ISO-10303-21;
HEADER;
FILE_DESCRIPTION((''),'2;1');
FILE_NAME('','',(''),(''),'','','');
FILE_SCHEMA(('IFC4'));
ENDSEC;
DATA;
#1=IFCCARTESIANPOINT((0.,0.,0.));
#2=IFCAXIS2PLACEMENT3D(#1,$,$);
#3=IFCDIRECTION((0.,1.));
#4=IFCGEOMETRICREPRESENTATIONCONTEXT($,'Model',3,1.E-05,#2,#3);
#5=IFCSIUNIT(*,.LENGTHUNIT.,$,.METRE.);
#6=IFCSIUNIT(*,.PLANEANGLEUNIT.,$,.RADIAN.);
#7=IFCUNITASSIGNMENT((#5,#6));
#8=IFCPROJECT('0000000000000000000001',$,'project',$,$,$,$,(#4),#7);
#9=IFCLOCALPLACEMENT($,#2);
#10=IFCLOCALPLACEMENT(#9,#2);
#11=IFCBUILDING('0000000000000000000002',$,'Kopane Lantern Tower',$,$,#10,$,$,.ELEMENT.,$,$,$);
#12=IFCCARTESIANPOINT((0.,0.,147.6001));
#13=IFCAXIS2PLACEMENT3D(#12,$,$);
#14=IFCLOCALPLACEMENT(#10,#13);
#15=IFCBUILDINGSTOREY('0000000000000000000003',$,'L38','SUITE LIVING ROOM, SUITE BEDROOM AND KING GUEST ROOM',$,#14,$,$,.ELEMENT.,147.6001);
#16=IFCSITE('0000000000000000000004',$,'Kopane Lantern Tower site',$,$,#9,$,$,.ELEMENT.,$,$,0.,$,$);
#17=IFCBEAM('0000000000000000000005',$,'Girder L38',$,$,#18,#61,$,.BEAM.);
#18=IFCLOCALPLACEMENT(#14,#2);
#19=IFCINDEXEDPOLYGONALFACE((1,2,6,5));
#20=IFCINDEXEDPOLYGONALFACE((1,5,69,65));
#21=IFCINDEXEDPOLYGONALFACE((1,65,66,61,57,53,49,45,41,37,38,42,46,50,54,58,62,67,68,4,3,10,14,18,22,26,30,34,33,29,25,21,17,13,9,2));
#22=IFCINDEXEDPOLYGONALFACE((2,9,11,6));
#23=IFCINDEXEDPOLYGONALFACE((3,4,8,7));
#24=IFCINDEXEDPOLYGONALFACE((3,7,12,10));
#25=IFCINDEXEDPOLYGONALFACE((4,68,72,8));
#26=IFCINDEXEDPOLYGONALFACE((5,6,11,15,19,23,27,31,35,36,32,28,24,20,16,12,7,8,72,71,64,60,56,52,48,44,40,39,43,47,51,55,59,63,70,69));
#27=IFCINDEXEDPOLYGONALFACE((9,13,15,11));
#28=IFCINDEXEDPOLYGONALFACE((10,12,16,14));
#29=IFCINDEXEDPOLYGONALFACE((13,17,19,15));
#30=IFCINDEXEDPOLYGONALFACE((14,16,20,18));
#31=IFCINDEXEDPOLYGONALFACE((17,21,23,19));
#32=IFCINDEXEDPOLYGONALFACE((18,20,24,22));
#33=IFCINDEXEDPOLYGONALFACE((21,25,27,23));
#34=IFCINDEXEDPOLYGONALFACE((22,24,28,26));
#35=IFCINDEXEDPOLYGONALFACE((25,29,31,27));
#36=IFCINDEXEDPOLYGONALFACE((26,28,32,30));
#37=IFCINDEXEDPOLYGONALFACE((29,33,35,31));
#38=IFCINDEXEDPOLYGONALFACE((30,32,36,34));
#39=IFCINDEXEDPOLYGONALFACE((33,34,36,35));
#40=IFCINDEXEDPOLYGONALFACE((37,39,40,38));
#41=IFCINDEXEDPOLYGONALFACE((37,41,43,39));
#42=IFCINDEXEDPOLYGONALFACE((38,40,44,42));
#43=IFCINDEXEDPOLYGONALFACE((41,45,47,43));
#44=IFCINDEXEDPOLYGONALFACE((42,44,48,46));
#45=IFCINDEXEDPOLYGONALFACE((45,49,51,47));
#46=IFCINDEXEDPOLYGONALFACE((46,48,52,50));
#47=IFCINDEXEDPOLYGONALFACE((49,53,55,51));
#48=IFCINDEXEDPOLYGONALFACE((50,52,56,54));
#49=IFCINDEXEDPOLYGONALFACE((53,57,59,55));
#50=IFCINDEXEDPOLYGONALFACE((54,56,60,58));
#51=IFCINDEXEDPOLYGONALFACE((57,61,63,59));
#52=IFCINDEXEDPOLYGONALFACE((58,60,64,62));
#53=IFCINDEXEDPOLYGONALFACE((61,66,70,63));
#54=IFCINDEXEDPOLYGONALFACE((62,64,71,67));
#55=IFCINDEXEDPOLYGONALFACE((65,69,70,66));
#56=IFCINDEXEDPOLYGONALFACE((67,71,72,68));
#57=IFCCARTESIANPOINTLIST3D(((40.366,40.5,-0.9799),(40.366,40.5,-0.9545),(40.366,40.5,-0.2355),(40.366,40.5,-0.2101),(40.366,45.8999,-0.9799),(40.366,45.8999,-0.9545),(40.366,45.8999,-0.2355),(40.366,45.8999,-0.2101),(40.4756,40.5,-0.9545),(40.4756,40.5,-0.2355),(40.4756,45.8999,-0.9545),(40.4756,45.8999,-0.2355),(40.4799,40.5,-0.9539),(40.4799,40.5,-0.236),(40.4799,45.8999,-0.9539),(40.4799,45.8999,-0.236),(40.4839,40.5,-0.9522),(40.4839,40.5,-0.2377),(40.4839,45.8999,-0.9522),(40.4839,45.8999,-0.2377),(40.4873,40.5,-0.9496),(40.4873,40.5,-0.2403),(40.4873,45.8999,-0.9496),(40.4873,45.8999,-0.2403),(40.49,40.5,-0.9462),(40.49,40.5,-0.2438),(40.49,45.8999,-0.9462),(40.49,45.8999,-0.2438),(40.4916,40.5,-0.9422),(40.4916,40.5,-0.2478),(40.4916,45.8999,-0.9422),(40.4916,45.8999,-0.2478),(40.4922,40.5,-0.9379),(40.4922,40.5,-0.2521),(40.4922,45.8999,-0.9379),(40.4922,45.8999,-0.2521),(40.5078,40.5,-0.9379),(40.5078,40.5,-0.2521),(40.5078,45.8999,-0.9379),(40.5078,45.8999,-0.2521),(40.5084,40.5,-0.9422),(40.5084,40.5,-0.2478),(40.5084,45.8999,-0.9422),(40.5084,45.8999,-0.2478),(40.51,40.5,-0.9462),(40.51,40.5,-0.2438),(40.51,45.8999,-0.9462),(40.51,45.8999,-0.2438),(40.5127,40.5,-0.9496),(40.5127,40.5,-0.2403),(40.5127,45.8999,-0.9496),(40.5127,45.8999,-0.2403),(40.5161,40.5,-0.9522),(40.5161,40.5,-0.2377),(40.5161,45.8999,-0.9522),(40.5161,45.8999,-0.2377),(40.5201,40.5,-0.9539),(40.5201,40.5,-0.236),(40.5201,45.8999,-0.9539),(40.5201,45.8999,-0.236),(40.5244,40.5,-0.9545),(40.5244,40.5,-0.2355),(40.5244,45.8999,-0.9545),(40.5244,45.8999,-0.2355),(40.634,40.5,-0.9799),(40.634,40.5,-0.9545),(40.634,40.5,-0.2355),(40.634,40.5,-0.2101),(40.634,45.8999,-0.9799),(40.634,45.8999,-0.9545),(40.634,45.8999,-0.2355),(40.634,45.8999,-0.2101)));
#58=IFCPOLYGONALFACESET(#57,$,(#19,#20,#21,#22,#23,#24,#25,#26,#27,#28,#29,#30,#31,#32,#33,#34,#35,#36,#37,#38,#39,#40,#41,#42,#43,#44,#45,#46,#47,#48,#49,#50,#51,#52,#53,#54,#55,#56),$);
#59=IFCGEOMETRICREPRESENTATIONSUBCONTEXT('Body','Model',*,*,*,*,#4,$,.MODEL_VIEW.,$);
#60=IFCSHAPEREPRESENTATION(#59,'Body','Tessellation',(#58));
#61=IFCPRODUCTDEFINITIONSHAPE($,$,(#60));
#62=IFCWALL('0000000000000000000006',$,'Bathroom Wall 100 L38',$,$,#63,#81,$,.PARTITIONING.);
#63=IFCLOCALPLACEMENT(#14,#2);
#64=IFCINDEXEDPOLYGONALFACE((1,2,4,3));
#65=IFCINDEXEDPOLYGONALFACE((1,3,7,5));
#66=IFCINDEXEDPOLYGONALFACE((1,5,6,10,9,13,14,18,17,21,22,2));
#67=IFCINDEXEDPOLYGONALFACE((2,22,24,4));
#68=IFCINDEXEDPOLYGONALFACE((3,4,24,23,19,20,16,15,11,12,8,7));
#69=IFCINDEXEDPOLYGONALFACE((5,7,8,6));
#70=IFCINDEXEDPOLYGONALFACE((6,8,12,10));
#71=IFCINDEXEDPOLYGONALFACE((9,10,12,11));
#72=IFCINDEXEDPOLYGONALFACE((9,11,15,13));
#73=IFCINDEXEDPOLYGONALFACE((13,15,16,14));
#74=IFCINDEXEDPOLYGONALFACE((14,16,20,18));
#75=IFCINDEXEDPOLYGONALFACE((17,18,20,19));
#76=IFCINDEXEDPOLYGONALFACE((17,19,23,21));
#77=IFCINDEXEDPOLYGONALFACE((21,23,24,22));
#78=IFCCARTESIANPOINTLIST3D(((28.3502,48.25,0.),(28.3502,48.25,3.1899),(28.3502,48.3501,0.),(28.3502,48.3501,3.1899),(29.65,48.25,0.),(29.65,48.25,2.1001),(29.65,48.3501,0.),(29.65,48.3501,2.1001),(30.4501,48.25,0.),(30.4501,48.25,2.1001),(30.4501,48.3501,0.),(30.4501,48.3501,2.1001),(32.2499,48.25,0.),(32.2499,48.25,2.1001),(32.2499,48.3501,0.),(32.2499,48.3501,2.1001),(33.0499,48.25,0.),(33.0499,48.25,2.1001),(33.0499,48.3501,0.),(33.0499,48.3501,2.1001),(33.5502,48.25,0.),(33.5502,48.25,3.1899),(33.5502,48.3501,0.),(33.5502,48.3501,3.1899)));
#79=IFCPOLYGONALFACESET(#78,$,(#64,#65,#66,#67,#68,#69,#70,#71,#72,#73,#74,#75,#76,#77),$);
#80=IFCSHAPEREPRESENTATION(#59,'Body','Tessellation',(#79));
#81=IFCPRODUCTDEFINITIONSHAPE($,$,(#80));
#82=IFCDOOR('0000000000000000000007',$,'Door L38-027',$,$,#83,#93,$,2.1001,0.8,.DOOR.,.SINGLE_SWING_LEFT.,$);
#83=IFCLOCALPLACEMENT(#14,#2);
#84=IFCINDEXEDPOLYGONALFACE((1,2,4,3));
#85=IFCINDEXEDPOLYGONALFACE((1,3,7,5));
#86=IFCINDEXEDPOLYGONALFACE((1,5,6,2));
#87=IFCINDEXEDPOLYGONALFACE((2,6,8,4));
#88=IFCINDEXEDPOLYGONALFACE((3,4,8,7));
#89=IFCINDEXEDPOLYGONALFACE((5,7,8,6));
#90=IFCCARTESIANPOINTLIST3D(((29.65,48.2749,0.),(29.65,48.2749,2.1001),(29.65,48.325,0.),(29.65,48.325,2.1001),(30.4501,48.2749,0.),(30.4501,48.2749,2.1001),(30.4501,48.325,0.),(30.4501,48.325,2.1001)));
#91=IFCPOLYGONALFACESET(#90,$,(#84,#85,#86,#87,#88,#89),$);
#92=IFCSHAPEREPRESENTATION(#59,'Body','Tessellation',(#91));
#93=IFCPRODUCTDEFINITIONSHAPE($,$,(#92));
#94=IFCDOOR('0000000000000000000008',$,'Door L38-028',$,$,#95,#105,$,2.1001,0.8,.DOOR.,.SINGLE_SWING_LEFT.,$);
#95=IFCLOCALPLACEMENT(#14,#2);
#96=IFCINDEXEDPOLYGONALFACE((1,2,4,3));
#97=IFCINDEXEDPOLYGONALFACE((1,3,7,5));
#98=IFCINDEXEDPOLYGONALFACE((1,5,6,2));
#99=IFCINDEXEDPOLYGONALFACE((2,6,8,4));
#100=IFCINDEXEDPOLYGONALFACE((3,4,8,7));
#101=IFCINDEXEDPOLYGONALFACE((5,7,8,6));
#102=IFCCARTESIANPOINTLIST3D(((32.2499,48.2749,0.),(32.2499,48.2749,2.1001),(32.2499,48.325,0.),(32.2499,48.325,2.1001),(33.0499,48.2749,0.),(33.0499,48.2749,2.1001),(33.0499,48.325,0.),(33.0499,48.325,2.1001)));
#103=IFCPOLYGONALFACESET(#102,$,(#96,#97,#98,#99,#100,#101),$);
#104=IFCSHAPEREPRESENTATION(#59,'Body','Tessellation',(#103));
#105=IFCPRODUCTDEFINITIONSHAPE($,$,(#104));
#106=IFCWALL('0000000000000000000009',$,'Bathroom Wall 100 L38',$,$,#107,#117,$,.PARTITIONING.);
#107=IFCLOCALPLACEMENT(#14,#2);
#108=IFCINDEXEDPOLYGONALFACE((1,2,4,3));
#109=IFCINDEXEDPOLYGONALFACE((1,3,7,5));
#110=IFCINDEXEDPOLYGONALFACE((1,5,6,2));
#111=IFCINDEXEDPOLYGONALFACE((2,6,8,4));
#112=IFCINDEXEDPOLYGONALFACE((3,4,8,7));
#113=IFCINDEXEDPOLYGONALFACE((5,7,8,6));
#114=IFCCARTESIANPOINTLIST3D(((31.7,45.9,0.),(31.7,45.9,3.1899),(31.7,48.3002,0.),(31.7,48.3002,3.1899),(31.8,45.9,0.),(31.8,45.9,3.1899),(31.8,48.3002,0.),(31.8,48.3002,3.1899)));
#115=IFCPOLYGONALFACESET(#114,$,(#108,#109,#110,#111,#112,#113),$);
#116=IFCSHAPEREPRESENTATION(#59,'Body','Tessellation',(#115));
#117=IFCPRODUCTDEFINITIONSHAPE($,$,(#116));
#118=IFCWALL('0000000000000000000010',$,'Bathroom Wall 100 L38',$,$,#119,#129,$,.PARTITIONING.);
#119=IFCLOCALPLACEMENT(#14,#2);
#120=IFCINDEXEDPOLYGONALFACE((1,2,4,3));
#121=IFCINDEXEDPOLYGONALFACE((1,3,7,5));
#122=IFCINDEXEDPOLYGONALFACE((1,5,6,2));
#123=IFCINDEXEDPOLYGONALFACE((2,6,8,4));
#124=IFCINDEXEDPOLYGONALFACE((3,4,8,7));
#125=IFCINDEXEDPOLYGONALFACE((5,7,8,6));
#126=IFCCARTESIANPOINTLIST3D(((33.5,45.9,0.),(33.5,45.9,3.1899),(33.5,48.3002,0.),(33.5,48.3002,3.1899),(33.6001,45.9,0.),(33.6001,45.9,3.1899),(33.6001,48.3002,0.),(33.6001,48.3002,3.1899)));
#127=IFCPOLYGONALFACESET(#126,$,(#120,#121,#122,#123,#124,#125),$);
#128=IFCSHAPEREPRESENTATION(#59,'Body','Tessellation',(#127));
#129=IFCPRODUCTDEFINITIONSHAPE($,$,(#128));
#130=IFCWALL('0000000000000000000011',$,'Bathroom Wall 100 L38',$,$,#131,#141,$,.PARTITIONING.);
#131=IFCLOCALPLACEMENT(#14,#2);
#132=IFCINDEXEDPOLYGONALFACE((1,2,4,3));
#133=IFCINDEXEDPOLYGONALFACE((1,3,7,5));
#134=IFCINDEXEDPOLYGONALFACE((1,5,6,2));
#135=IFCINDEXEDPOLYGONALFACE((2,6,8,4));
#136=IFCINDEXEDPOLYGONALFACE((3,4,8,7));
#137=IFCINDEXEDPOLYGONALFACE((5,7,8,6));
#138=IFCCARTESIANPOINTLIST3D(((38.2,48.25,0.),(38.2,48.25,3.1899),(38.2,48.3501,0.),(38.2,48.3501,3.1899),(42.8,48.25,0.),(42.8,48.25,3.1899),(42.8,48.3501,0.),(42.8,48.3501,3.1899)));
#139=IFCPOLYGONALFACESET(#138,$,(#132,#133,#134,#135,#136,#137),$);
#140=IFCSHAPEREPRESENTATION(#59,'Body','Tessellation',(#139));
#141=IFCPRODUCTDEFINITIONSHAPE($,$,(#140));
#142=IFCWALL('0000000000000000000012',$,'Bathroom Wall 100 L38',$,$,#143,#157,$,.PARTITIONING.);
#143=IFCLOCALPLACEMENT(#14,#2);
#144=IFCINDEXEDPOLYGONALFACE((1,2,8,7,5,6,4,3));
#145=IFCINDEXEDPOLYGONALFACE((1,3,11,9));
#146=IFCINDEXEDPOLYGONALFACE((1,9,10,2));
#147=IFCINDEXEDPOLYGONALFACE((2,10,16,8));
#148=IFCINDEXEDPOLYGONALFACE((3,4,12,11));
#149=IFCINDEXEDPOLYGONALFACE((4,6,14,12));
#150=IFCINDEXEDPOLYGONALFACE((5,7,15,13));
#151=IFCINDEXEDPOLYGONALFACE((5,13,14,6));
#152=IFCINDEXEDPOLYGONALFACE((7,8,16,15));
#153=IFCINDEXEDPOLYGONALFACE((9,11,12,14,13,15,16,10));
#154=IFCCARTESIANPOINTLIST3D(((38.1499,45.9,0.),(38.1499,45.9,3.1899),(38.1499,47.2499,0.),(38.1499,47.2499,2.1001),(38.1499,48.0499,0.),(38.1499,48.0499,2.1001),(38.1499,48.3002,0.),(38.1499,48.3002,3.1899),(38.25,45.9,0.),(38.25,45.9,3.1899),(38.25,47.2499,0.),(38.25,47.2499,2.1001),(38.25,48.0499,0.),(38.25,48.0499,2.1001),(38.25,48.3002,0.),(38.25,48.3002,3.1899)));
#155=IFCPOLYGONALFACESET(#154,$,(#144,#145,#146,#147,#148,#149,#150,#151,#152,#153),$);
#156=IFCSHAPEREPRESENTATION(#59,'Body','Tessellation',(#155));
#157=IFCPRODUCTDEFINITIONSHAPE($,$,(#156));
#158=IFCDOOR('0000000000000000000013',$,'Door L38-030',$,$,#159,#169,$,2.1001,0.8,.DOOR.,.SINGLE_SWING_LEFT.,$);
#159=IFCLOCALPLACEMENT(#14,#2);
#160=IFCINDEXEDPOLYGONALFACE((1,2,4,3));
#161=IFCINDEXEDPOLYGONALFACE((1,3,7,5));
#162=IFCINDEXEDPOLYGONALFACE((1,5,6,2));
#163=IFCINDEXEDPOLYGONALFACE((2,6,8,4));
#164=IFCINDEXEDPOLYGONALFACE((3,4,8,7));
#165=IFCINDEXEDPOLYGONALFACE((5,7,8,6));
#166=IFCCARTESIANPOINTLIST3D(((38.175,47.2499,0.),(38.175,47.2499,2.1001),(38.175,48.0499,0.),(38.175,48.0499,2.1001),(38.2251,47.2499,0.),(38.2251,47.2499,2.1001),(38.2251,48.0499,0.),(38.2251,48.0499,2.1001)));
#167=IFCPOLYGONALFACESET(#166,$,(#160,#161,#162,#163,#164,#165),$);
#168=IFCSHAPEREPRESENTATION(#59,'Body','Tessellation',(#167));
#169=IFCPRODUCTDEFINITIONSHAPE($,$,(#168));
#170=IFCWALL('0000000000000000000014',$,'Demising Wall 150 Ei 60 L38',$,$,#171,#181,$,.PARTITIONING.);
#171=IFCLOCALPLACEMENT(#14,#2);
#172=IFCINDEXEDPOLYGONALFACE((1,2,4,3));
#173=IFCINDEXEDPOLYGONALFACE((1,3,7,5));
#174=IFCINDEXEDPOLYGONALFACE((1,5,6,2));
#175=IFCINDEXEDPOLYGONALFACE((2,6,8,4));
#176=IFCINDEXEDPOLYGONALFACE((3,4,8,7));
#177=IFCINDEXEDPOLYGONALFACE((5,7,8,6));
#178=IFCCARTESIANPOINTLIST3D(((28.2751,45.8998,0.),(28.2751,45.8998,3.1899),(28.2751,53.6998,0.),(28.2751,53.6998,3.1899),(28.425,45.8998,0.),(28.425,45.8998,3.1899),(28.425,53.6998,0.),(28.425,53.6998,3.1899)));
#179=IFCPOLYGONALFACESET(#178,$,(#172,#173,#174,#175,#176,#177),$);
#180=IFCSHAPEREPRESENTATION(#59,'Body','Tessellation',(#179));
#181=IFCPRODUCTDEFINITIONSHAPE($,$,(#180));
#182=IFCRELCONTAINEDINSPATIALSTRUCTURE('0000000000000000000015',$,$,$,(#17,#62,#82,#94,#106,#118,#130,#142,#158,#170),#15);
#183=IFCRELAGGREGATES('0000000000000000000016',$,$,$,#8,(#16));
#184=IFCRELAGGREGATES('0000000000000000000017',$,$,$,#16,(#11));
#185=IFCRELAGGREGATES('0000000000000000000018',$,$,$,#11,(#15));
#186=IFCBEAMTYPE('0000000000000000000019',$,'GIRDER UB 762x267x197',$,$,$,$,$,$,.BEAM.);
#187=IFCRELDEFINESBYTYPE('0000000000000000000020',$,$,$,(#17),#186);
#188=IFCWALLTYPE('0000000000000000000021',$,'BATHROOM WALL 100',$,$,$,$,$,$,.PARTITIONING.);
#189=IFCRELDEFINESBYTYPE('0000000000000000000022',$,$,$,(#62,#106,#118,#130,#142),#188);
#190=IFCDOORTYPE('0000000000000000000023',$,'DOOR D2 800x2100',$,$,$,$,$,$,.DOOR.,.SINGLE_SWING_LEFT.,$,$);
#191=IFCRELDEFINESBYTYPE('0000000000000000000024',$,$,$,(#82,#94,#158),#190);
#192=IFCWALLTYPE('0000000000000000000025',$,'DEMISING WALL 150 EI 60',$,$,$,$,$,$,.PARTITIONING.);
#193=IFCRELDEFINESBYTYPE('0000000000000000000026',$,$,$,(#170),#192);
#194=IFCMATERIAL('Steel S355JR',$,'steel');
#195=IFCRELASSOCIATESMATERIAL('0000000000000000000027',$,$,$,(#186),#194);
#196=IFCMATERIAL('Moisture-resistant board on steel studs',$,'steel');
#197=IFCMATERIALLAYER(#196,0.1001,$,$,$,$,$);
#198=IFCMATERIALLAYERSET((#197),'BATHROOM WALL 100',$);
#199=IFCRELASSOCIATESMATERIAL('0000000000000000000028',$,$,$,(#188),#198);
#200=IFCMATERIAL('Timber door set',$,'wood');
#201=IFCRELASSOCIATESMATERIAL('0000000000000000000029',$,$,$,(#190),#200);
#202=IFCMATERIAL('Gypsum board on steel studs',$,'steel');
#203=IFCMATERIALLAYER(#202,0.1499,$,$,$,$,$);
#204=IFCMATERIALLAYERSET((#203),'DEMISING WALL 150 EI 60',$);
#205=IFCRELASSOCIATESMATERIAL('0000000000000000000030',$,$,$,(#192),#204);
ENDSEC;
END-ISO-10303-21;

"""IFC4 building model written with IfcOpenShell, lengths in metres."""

from ifc_helpers import new_model, si_unit, direction, frame, frame_2d, origin, origin_2d, place, context, subcontext, project, spatial, rectangle, i_section, extrude, material, layer, layer_set, material_profile, profile_set, type_object, element, fill, save


model = new_model("IFC4")

# Units and contexts
model_context = context("Model", 3, precision=1e-05, world=origin(), true_north=direction((0.0, 1.0)))
body_context = subcontext(model_context, "Body", "Model", "MODEL_VIEW")
ifc_project = project(units=[si_unit("LENGTHUNIT", "METRE"), si_unit("PLANEANGLEUNIT", "RADIAN")], contexts=[model_context])

# Site, building, storey
site_placement = place(None, origin())
site = spatial("IfcSite", under=ifc_project, at=site_placement, Name="Kopane Lantern Tower site", CompositionType="ELEMENT", RefElevation=0.0)
building_placement = place(site_placement, origin())
building = spatial("IfcBuilding", under=site, at=building_placement, Name="Kopane Lantern Tower", CompositionType="ELEMENT")
storey_placement = place(building_placement, frame((0.0, 0.0, 147.6001)))
storey = spatial("IfcBuildingStorey", under=building, at=storey_placement, Name="L38", Description="SUITE LIVING ROOM, SUITE BEDROOM AND KING GUEST ROOM", CompositionType="ELEMENT", Elevation=147.6001)

# Beam
ifc_material_1 = material(Name="Steel S355JR", Category="steel")
ifc_material_profile_1 = material_profile(ifc_material_1, i_section(OverallWidth=0.2681, OverallDepth=0.7698, WebThickness=0.0156, FlangeThickness=0.0254, FilletRadius=0.0166, at=origin_2d()), Name="UB 762x267x197")
ifc_profile_set_1 = profile_set([ifc_material_profile_1], Name="Steel S355JR")
beam_type = type_object("IfcBeamType", Name="GIRDER UB 762x267x197", PredefinedType="BEAM", material=ifc_profile_set_1)
beam_1_placement = place(storey_placement, frame((40.5, 40.5, -0.595), z_axis=(0.0, 1.0, 0.0), x_axis=(-1.0, 0.0, 0.0)))
element("IfcBeam", 1, at=beam_1_placement, inside=storey, type_object=beam_type, Name="Girder L38", PredefinedType="BEAM", context=body_context, shape_type="SweptSolid", body=[
    extrude(i_section(OverallWidth=0.2681, OverallDepth=0.7698, WebThickness=0.0156, FlangeThickness=0.0254, FilletRadius=0.0166, at=origin_2d()), origin(), (0.0, 0.0, 1.0), 5.3999),
])

# Wall, openings, doors
ifc_material_2 = material(Name="Moisture-resistant board on steel studs", Category="steel")
ifc_layer_1 = layer(ifc_material_2, 0.1001)
ifc_layer_set_1 = layer_set([ifc_layer_1], Name="BATHROOM WALL 100")
wall_type_1 = type_object("IfcWallType", Name="BATHROOM WALL 100", PredefinedType="PARTITIONING", material=ifc_layer_set_1)
wall_1_placement = place(storey_placement, frame((28.3501, 48.3, 0.0), z_axis=(0.0, 0.0, 1.0), x_axis=(1.0, 0.0, 0.0)))
wall_1 = element("IfcWall", 2, at=wall_1_placement, inside=storey, type_object=wall_type_1, Name="Bathroom Wall 100 L38", PredefinedType="PARTITIONING", context=body_context, shape_type="SweptSolid", body=[
    extrude(rectangle(XDim=5.2, YDim=0.1001, at=frame_2d((2.6001, 0.0))), origin(), (0.0, 0.0, 1.0), 3.1899),
])
opening_1_placement = place(wall_1_placement, frame((1.3, 0.0, 0.0)))
opening_1 = element("IfcOpeningElement", 3, at=opening_1_placement, cuts=wall_1, PredefinedType="OPENING", context=body_context, shape_type="SweptSolid", body=[
    extrude(rectangle(XDim=0.8, YDim=2.1001, at=frame_2d((0.3999, 1.05))), frame((0.0, 0.0601, 0.0), z_axis=(0.0, -1.0, 0.0), x_axis=(1.0, 0.0, 0.0)), (0.0, 0.0, 1.0), 0.1201),
])
opening_2_placement = place(wall_1_placement, frame((3.8999, 0.0, 0.0)))
opening_2 = element("IfcOpeningElement", 4, at=opening_2_placement, cuts=wall_1, PredefinedType="OPENING", context=body_context, shape_type="SweptSolid", body=[
    extrude(rectangle(XDim=0.8, YDim=2.1001, at=frame_2d((0.3999, 1.05))), frame((0.0, 0.0601, 0.0), z_axis=(0.0, -1.0, 0.0), x_axis=(1.0, 0.0, 0.0)), (0.0, 0.0, 1.0), 0.1201),
])
ifc_material_3 = material(Name="Timber door set", Category="wood")
door_type = type_object("IfcDoorType", Name="DOOR D2 800x2100", OperationType="SINGLE_SWING_LEFT", PredefinedType="DOOR", material=ifc_material_3)
door_1_placement = place(opening_1_placement, origin())
door_1 = element("IfcDoor", 5, at=door_1_placement, inside=storey, type_object=door_type, Name="Door L38-027", OperationType="SINGLE_SWING_LEFT", OverallHeight=2.1001, OverallWidth=0.8, PredefinedType="DOOR", context=body_context, shape_type="SweptSolid", body=[
    extrude(rectangle(XDim=0.8, YDim=2.1001, at=frame_2d((0.3999, 1.05))), frame((0.0, 0.0249, 0.0), z_axis=(0.0, -1.0, 0.0), x_axis=(1.0, 0.0, 0.0)), (0.0, 0.0, 1.0), 0.05),
])
fill(opening_1, door_1)
door_2_placement = place(opening_2_placement, origin())
door_2 = element("IfcDoor", 6, at=door_2_placement, inside=storey, type_object=door_type, Name="Door L38-028", OperationType="SINGLE_SWING_LEFT", OverallHeight=2.1001, OverallWidth=0.8, PredefinedType="DOOR", context=body_context, shape_type="SweptSolid", body=[
    extrude(rectangle(XDim=0.8, YDim=2.1001, at=frame_2d((0.3999, 1.05))), frame((0.0, 0.0249, 0.0), z_axis=(0.0, -1.0, 0.0), x_axis=(1.0, 0.0, 0.0)), (0.0, 0.0, 1.0), 0.05),
])
fill(opening_2, door_2)

# Walls
for number, where, z_axis, x_axis, name in (
    (7, (31.75, 45.8999, 0.0), (0.0, 0.0, 1.0), (0.0, 1.0, 0.0), "Bathroom Wall 100 L38"),
    (8, (33.55, 45.8999, 0.0), (0.0, 0.0, 1.0), (0.0, 1.0, 0.0), "Bathroom Wall 100 L38"),
):
    element("IfcWall", number, at=place(storey_placement, frame(where, z_axis=z_axis, x_axis=x_axis)), inside=storey, type_object=wall_type_1, Name=name, PredefinedType="PARTITIONING", context=body_context, shape_type="SweptSolid", body=[
        extrude(rectangle(XDim=2.4001, YDim=0.1001, at=frame_2d((1.2002, 0.0))), origin(), (0.0, 0.0, 1.0), 3.1899),
    ])
wall_2_placement = place(storey_placement, frame((38.2, 48.3, 0.0), z_axis=(0.0, 0.0, 1.0), x_axis=(1.0, 0.0, 0.0)))
element("IfcWall", 9, at=wall_2_placement, inside=storey, type_object=wall_type_1, Name="Bathroom Wall 100 L38", PredefinedType="PARTITIONING", context=body_context, shape_type="SweptSolid", body=[
    extrude(rectangle(XDim=4.6001, YDim=0.1001, at=frame_2d((2.3, 0.0))), origin(), (0.0, 0.0, 1.0), 3.1899),
])

# Wall, opening, door
wall_3_placement = place(storey_placement, frame((38.2, 45.8999, 0.0), z_axis=(0.0, 0.0, 1.0), x_axis=(0.0, 1.0, 0.0)))
wall_3 = element("IfcWall", 10, at=wall_3_placement, inside=storey, type_object=wall_type_1, Name="Bathroom Wall 100 L38", PredefinedType="PARTITIONING", context=body_context, shape_type="SweptSolid", body=[
    extrude(rectangle(XDim=2.4001, YDim=0.1001, at=frame_2d((1.2002, 0.0))), origin(), (0.0, 0.0, 1.0), 3.1899),
])
opening_3_placement = place(wall_3_placement, frame((1.3501, 0.0, 0.0)))
opening_3 = element("IfcOpeningElement", 11, at=opening_3_placement, cuts=wall_3, PredefinedType="OPENING", context=body_context, shape_type="SweptSolid", body=[
    extrude(rectangle(XDim=0.8, YDim=2.1001, at=frame_2d((0.3999, 1.05))), frame((0.0, 0.0601, 0.0), z_axis=(0.0, -1.0, 0.0), x_axis=(1.0, 0.0, 0.0)), (0.0, 0.0, 1.0), 0.1201),
])
door_3_placement = place(opening_3_placement, origin())
door_3 = element("IfcDoor", 12, at=door_3_placement, inside=storey, type_object=door_type, Name="Door L38-030", OperationType="SINGLE_SWING_LEFT", OverallHeight=2.1001, OverallWidth=0.8, PredefinedType="DOOR", context=body_context, shape_type="SweptSolid", body=[
    extrude(rectangle(XDim=0.8, YDim=2.1001, at=frame_2d((0.3999, 1.05))), frame((0.0, 0.0249, 0.0), z_axis=(0.0, -1.0, 0.0), x_axis=(1.0, 0.0, 0.0)), (0.0, 0.0, 1.0), 0.05),
])
fill(opening_3, door_3)

# Wall
ifc_material_4 = material(Name="Gypsum board on steel studs", Category="steel")
ifc_layer_2 = layer(ifc_material_4, 0.1499)
ifc_layer_set_2 = layer_set([ifc_layer_2], Name="DEMISING WALL 150 EI 60")
wall_type_2 = type_object("IfcWallType", Name="DEMISING WALL 150 EI 60", PredefinedType="PARTITIONING", material=ifc_layer_set_2)
for number, where, z_axis, x_axis, name in (
    (13, (28.3501, 45.8999, 0.0), (0.0, 0.0, 1.0), (0.0, 1.0, 0.0), "Demising Wall 150 Ei 60 L38"),
):
    element("IfcWall", number, at=place(storey_placement, frame(where, z_axis=z_axis, x_axis=x_axis)), inside=storey, type_object=wall_type_2, Name=name, PredefinedType="PARTITIONING", context=body_context, shape_type="SweptSolid", body=[
        extrude(rectangle(XDim=7.8, YDim=0.1499, at=frame_2d((3.8999, 0.0))), origin(), (0.0, 0.0, 1.0), 3.1899),
    ])

save(model, "model.ifc")
